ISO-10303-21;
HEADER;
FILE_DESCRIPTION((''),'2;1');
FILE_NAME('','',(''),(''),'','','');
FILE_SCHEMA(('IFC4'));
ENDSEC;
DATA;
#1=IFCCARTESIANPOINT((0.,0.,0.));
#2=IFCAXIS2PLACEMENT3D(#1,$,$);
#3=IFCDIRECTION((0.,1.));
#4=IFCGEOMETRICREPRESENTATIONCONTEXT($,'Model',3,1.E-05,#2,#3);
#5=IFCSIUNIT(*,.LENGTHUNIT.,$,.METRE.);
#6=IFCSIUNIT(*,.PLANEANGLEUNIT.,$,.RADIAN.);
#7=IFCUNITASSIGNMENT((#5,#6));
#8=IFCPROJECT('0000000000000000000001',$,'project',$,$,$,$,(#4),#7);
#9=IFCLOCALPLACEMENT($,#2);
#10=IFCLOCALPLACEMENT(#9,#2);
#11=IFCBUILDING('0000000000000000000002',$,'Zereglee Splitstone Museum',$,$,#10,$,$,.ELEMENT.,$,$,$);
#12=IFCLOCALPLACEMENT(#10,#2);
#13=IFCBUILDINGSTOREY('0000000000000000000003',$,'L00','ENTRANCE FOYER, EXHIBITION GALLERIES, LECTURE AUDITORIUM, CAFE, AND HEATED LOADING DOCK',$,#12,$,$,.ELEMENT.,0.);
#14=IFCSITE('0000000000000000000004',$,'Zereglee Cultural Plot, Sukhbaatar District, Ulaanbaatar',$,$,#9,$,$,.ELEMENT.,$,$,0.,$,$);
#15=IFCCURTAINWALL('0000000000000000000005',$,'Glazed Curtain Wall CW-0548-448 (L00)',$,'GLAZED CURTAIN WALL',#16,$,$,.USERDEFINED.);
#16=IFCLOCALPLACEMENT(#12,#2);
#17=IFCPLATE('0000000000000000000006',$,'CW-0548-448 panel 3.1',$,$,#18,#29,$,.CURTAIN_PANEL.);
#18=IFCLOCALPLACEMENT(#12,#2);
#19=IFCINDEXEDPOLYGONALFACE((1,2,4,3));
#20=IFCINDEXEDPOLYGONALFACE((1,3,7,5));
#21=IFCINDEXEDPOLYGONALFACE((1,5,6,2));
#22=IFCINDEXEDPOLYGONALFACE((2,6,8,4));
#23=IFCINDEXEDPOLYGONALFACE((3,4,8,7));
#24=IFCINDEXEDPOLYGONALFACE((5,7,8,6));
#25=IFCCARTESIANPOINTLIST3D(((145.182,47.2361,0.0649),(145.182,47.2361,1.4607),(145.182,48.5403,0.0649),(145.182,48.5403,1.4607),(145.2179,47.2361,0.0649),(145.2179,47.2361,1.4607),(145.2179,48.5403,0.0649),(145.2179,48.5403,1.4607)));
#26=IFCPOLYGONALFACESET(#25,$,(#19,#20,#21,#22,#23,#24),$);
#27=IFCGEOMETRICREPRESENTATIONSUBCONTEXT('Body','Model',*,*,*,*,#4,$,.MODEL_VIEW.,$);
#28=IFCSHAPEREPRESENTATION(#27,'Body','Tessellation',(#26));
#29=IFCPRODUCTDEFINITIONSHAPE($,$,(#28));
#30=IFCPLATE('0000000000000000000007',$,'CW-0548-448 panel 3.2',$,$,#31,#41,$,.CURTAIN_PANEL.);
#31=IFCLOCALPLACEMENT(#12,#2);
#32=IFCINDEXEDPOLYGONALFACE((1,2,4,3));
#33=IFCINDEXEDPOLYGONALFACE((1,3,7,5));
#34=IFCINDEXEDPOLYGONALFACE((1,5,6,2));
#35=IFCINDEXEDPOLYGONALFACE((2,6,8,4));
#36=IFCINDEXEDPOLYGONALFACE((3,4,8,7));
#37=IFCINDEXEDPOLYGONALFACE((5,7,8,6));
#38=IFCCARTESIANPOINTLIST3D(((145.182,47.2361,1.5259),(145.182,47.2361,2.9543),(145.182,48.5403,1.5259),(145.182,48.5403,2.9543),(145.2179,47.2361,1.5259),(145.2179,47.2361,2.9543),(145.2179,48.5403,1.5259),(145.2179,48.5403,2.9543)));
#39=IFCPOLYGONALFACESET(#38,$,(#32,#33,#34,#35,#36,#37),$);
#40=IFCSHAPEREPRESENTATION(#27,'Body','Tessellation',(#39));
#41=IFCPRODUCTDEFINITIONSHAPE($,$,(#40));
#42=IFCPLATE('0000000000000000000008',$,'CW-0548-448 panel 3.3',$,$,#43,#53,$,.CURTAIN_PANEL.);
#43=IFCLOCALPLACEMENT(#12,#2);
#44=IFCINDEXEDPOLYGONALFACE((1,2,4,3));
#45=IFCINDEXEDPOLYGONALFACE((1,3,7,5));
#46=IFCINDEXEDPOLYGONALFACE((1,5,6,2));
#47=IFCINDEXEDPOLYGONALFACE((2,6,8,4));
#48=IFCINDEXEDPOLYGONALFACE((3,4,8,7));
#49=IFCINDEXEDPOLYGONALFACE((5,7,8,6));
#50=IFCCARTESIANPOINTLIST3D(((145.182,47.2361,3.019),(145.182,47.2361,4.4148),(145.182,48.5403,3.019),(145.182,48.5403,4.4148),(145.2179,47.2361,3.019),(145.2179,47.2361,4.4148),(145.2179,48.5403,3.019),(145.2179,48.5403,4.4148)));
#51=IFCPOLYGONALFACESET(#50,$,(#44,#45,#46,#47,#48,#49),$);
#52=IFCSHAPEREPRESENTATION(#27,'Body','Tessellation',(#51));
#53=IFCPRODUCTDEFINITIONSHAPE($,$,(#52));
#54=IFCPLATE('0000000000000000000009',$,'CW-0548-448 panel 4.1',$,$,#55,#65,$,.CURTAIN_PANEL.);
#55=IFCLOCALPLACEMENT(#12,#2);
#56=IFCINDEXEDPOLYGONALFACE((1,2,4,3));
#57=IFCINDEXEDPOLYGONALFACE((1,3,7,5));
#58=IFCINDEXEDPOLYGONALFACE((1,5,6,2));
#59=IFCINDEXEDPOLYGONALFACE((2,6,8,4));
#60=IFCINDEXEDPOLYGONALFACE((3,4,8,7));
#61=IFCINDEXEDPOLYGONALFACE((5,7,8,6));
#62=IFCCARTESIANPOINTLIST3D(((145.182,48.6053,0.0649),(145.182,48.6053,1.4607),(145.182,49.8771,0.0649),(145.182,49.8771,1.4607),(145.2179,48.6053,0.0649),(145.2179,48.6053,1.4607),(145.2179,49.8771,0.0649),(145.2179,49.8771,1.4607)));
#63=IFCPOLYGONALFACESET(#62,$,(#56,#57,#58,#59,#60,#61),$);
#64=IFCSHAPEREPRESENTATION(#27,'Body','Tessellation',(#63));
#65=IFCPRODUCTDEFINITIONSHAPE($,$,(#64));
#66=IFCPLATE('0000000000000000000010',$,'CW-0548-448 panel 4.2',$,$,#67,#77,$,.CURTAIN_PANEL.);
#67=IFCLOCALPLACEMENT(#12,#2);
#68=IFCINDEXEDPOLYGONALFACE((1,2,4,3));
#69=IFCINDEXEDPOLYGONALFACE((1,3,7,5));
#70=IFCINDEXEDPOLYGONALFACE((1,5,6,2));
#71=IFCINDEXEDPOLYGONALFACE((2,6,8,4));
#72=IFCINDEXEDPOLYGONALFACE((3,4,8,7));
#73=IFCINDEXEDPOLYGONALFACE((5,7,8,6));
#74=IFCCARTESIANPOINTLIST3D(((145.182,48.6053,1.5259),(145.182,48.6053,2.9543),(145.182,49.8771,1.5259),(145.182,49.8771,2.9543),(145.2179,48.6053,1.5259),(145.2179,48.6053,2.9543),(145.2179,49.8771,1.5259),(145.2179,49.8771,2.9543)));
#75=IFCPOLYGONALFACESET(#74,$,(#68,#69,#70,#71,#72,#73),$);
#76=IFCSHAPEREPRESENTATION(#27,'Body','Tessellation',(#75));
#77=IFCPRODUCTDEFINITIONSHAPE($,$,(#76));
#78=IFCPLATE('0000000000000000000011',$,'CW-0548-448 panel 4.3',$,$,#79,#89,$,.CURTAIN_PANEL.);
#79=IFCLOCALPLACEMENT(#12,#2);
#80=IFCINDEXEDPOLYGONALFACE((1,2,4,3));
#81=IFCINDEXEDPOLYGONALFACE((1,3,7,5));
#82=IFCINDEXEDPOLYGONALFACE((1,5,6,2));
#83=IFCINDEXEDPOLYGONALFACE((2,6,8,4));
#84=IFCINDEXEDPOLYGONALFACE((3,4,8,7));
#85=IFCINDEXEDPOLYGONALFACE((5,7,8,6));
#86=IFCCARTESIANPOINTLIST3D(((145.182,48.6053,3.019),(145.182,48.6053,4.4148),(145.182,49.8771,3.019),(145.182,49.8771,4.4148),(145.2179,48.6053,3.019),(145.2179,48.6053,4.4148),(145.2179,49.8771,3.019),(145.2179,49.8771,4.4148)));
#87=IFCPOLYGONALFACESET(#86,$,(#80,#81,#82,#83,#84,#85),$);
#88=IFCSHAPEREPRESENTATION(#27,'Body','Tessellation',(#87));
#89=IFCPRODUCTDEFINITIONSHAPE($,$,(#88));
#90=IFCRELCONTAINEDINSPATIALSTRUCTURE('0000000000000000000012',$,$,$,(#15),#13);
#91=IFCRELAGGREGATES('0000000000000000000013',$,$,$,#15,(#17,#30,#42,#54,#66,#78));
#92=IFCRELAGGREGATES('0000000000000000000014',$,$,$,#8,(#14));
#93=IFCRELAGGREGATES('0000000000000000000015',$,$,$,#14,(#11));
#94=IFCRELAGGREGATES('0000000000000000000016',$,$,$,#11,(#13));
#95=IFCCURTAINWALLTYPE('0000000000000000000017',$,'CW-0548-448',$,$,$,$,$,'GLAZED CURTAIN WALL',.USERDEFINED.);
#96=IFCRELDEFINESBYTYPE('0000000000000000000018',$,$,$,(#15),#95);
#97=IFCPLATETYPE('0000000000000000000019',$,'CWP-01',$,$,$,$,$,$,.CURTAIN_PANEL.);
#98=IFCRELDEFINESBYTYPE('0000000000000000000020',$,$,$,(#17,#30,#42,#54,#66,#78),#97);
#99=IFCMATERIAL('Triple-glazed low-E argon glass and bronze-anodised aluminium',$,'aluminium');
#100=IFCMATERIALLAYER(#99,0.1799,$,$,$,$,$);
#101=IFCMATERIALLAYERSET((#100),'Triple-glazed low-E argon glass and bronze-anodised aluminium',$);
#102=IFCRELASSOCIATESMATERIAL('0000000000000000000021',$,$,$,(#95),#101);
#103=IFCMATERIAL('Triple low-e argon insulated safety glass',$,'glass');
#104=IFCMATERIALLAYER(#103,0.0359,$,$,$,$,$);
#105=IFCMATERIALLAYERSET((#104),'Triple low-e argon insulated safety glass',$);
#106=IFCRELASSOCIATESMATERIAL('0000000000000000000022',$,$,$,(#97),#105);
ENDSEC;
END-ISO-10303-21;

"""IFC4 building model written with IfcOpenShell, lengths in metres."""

from ifc_helpers import new_model, si_unit, direction, frame, origin, origin_2d, place, context, subcontext, project, spatial, rectangle, extrude, material, layer, layer_set, type_object, element, aggregate, save


model = new_model("IFC4")

# Units and contexts
model_context = context("Model", 3, precision=1e-05, world=origin(), true_north=direction((0.0, 1.0)))
body_context = subcontext(model_context, "Body", "Model", "MODEL_VIEW")
ifc_project = project(units=[si_unit("LENGTHUNIT", "METRE"), si_unit("PLANEANGLEUNIT", "RADIAN")], contexts=[model_context])

# Site, building, storey
site_placement = place(None, origin())
site = spatial("IfcSite", under=ifc_project, at=site_placement, Name="Zereglee Cultural Plot, Sukhbaatar District, Ulaanbaatar", CompositionType="ELEMENT", RefElevation=0.0)
building_placement = place(site_placement, origin())
building = spatial("IfcBuilding", under=site, at=building_placement, Name="Zereglee Splitstone Museum", CompositionType="ELEMENT")
storey_placement = place(building_placement, origin())
storey = spatial("IfcBuildingStorey", under=building, at=storey_placement, Name="L00", Description="ENTRANCE FOYER, EXHIBITION GALLERIES, LECTURE AUDITORIUM, CAFE, AND HEATED LOADING DOCK", CompositionType="ELEMENT", Elevation=0.0)

# Shared definitions
ifc_material_1 = material(Name="Triple-glazed low-E argon glass and bronze-anodised aluminium", Category="aluminium")

# Curtain wall
ifc_layer_1 = layer(ifc_material_1, 0.1799)
ifc_layer_set_1 = layer_set([ifc_layer_1], Name="Triple-glazed low-E argon glass and bronze-anodised aluminium")
curtain_wall_type_1 = type_object("IfcCurtainWallType", Name="CW-0548-448", ElementType="GLAZED CURTAIN WALL", PredefinedType="USERDEFINED", material=ifc_layer_set_1)
curtain_wall_1_placement = place(storey_placement, origin())
curtain_wall_1 = element("IfcCurtainWall", 1, at=curtain_wall_1_placement, inside=storey, type_object=curtain_wall_type_1, Name="Glazed Curtain Wall CW-0548-448 (L00)", ObjectType="GLAZED CURTAIN WALL", PredefinedType="USERDEFINED")

# Plates
ifc_material_2 = material(Name="Triple low-e argon insulated safety glass", Category="glass")
ifc_layer_2 = layer(ifc_material_2, 0.0359)
ifc_layer_set_2 = layer_set([ifc_layer_2], Name="Triple low-e argon insulated safety glass")
plate_type = type_object("IfcPlateType", Name="CWP-01", PredefinedType="CURTAIN_PANEL", material=ifc_layer_set_2)
plate_1_placement = place(storey_placement, frame((145.2, 47.8882, 0.0649), z_axis=(0.0, 0.0, 1.0), x_axis=(0.0, 1.0, 0.0)))
plate_1 = element("IfcPlate", 2, at=plate_1_placement, type_object=plate_type, Name="CW-0548-448 panel 3.1", PredefinedType="CURTAIN_PANEL", context=body_context, shape_type="SweptSolid", body=[
    extrude(rectangle(XDim=1.3042, YDim=0.0359, at=origin_2d()), origin(), (0.0, 0.0, 1.0), 1.3958),
])
plate_2_placement = place(storey_placement, frame((145.2, 47.8882, 1.5259), z_axis=(0.0, 0.0, 1.0), x_axis=(0.0, 1.0, 0.0)))
plate_2 = element("IfcPlate", 3, at=plate_2_placement, type_object=plate_type, Name="CW-0548-448 panel 3.2", PredefinedType="CURTAIN_PANEL", context=body_context, shape_type="SweptSolid", body=[
    extrude(rectangle(XDim=1.3042, YDim=0.0359, at=origin_2d()), origin(), (0.0, 0.0, 1.0), 1.4285),
])
plate_3_placement = place(storey_placement, frame((145.2, 47.8882, 3.019), z_axis=(0.0, 0.0, 1.0), x_axis=(0.0, 1.0, 0.0)))
plate_3 = element("IfcPlate", 4, at=plate_3_placement, type_object=plate_type, Name="CW-0548-448 panel 3.3", PredefinedType="CURTAIN_PANEL", context=body_context, shape_type="SweptSolid", body=[
    extrude(rectangle(XDim=1.3042, YDim=0.0359, at=origin_2d()), origin(), (0.0, 0.0, 1.0), 1.3958),
])
plate_4_placement = place(storey_placement, frame((145.2, 49.2412, 0.0649), z_axis=(0.0, 0.0, 1.0), x_axis=(0.0, 1.0, 0.0)))
plate_4 = element("IfcPlate", 5, at=plate_4_placement, type_object=plate_type, Name="CW-0548-448 panel 4.1", PredefinedType="CURTAIN_PANEL", context=body_context, shape_type="SweptSolid", body=[
    extrude(rectangle(XDim=1.2717, YDim=0.0359, at=origin_2d()), origin(), (0.0, 0.0, 1.0), 1.3958),
])
plate_5_placement = place(storey_placement, frame((145.2, 49.2412, 1.5259), z_axis=(0.0, 0.0, 1.0), x_axis=(0.0, 1.0, 0.0)))
plate_5 = element("IfcPlate", 6, at=plate_5_placement, type_object=plate_type, Name="CW-0548-448 panel 4.2", PredefinedType="CURTAIN_PANEL", context=body_context, shape_type="SweptSolid", body=[
    extrude(rectangle(XDim=1.2717, YDim=0.0359, at=origin_2d()), origin(), (0.0, 0.0, 1.0), 1.4285),
])
plate_6_placement = place(storey_placement, frame((145.2, 49.2412, 3.019), z_axis=(0.0, 0.0, 1.0), x_axis=(0.0, 1.0, 0.0)))
plate_6 = element("IfcPlate", 7, at=plate_6_placement, type_object=plate_type, Name="CW-0548-448 panel 4.3", PredefinedType="CURTAIN_PANEL", context=body_context, shape_type="SweptSolid", body=[
    extrude(rectangle(XDim=1.2717, YDim=0.0359, at=origin_2d()), origin(), (0.0, 0.0, 1.0), 1.3958),
])
aggregate(curtain_wall_1, [plate_1, plate_2, plate_3, plate_4, plate_5, plate_6])

save(model, "model.ifc")
